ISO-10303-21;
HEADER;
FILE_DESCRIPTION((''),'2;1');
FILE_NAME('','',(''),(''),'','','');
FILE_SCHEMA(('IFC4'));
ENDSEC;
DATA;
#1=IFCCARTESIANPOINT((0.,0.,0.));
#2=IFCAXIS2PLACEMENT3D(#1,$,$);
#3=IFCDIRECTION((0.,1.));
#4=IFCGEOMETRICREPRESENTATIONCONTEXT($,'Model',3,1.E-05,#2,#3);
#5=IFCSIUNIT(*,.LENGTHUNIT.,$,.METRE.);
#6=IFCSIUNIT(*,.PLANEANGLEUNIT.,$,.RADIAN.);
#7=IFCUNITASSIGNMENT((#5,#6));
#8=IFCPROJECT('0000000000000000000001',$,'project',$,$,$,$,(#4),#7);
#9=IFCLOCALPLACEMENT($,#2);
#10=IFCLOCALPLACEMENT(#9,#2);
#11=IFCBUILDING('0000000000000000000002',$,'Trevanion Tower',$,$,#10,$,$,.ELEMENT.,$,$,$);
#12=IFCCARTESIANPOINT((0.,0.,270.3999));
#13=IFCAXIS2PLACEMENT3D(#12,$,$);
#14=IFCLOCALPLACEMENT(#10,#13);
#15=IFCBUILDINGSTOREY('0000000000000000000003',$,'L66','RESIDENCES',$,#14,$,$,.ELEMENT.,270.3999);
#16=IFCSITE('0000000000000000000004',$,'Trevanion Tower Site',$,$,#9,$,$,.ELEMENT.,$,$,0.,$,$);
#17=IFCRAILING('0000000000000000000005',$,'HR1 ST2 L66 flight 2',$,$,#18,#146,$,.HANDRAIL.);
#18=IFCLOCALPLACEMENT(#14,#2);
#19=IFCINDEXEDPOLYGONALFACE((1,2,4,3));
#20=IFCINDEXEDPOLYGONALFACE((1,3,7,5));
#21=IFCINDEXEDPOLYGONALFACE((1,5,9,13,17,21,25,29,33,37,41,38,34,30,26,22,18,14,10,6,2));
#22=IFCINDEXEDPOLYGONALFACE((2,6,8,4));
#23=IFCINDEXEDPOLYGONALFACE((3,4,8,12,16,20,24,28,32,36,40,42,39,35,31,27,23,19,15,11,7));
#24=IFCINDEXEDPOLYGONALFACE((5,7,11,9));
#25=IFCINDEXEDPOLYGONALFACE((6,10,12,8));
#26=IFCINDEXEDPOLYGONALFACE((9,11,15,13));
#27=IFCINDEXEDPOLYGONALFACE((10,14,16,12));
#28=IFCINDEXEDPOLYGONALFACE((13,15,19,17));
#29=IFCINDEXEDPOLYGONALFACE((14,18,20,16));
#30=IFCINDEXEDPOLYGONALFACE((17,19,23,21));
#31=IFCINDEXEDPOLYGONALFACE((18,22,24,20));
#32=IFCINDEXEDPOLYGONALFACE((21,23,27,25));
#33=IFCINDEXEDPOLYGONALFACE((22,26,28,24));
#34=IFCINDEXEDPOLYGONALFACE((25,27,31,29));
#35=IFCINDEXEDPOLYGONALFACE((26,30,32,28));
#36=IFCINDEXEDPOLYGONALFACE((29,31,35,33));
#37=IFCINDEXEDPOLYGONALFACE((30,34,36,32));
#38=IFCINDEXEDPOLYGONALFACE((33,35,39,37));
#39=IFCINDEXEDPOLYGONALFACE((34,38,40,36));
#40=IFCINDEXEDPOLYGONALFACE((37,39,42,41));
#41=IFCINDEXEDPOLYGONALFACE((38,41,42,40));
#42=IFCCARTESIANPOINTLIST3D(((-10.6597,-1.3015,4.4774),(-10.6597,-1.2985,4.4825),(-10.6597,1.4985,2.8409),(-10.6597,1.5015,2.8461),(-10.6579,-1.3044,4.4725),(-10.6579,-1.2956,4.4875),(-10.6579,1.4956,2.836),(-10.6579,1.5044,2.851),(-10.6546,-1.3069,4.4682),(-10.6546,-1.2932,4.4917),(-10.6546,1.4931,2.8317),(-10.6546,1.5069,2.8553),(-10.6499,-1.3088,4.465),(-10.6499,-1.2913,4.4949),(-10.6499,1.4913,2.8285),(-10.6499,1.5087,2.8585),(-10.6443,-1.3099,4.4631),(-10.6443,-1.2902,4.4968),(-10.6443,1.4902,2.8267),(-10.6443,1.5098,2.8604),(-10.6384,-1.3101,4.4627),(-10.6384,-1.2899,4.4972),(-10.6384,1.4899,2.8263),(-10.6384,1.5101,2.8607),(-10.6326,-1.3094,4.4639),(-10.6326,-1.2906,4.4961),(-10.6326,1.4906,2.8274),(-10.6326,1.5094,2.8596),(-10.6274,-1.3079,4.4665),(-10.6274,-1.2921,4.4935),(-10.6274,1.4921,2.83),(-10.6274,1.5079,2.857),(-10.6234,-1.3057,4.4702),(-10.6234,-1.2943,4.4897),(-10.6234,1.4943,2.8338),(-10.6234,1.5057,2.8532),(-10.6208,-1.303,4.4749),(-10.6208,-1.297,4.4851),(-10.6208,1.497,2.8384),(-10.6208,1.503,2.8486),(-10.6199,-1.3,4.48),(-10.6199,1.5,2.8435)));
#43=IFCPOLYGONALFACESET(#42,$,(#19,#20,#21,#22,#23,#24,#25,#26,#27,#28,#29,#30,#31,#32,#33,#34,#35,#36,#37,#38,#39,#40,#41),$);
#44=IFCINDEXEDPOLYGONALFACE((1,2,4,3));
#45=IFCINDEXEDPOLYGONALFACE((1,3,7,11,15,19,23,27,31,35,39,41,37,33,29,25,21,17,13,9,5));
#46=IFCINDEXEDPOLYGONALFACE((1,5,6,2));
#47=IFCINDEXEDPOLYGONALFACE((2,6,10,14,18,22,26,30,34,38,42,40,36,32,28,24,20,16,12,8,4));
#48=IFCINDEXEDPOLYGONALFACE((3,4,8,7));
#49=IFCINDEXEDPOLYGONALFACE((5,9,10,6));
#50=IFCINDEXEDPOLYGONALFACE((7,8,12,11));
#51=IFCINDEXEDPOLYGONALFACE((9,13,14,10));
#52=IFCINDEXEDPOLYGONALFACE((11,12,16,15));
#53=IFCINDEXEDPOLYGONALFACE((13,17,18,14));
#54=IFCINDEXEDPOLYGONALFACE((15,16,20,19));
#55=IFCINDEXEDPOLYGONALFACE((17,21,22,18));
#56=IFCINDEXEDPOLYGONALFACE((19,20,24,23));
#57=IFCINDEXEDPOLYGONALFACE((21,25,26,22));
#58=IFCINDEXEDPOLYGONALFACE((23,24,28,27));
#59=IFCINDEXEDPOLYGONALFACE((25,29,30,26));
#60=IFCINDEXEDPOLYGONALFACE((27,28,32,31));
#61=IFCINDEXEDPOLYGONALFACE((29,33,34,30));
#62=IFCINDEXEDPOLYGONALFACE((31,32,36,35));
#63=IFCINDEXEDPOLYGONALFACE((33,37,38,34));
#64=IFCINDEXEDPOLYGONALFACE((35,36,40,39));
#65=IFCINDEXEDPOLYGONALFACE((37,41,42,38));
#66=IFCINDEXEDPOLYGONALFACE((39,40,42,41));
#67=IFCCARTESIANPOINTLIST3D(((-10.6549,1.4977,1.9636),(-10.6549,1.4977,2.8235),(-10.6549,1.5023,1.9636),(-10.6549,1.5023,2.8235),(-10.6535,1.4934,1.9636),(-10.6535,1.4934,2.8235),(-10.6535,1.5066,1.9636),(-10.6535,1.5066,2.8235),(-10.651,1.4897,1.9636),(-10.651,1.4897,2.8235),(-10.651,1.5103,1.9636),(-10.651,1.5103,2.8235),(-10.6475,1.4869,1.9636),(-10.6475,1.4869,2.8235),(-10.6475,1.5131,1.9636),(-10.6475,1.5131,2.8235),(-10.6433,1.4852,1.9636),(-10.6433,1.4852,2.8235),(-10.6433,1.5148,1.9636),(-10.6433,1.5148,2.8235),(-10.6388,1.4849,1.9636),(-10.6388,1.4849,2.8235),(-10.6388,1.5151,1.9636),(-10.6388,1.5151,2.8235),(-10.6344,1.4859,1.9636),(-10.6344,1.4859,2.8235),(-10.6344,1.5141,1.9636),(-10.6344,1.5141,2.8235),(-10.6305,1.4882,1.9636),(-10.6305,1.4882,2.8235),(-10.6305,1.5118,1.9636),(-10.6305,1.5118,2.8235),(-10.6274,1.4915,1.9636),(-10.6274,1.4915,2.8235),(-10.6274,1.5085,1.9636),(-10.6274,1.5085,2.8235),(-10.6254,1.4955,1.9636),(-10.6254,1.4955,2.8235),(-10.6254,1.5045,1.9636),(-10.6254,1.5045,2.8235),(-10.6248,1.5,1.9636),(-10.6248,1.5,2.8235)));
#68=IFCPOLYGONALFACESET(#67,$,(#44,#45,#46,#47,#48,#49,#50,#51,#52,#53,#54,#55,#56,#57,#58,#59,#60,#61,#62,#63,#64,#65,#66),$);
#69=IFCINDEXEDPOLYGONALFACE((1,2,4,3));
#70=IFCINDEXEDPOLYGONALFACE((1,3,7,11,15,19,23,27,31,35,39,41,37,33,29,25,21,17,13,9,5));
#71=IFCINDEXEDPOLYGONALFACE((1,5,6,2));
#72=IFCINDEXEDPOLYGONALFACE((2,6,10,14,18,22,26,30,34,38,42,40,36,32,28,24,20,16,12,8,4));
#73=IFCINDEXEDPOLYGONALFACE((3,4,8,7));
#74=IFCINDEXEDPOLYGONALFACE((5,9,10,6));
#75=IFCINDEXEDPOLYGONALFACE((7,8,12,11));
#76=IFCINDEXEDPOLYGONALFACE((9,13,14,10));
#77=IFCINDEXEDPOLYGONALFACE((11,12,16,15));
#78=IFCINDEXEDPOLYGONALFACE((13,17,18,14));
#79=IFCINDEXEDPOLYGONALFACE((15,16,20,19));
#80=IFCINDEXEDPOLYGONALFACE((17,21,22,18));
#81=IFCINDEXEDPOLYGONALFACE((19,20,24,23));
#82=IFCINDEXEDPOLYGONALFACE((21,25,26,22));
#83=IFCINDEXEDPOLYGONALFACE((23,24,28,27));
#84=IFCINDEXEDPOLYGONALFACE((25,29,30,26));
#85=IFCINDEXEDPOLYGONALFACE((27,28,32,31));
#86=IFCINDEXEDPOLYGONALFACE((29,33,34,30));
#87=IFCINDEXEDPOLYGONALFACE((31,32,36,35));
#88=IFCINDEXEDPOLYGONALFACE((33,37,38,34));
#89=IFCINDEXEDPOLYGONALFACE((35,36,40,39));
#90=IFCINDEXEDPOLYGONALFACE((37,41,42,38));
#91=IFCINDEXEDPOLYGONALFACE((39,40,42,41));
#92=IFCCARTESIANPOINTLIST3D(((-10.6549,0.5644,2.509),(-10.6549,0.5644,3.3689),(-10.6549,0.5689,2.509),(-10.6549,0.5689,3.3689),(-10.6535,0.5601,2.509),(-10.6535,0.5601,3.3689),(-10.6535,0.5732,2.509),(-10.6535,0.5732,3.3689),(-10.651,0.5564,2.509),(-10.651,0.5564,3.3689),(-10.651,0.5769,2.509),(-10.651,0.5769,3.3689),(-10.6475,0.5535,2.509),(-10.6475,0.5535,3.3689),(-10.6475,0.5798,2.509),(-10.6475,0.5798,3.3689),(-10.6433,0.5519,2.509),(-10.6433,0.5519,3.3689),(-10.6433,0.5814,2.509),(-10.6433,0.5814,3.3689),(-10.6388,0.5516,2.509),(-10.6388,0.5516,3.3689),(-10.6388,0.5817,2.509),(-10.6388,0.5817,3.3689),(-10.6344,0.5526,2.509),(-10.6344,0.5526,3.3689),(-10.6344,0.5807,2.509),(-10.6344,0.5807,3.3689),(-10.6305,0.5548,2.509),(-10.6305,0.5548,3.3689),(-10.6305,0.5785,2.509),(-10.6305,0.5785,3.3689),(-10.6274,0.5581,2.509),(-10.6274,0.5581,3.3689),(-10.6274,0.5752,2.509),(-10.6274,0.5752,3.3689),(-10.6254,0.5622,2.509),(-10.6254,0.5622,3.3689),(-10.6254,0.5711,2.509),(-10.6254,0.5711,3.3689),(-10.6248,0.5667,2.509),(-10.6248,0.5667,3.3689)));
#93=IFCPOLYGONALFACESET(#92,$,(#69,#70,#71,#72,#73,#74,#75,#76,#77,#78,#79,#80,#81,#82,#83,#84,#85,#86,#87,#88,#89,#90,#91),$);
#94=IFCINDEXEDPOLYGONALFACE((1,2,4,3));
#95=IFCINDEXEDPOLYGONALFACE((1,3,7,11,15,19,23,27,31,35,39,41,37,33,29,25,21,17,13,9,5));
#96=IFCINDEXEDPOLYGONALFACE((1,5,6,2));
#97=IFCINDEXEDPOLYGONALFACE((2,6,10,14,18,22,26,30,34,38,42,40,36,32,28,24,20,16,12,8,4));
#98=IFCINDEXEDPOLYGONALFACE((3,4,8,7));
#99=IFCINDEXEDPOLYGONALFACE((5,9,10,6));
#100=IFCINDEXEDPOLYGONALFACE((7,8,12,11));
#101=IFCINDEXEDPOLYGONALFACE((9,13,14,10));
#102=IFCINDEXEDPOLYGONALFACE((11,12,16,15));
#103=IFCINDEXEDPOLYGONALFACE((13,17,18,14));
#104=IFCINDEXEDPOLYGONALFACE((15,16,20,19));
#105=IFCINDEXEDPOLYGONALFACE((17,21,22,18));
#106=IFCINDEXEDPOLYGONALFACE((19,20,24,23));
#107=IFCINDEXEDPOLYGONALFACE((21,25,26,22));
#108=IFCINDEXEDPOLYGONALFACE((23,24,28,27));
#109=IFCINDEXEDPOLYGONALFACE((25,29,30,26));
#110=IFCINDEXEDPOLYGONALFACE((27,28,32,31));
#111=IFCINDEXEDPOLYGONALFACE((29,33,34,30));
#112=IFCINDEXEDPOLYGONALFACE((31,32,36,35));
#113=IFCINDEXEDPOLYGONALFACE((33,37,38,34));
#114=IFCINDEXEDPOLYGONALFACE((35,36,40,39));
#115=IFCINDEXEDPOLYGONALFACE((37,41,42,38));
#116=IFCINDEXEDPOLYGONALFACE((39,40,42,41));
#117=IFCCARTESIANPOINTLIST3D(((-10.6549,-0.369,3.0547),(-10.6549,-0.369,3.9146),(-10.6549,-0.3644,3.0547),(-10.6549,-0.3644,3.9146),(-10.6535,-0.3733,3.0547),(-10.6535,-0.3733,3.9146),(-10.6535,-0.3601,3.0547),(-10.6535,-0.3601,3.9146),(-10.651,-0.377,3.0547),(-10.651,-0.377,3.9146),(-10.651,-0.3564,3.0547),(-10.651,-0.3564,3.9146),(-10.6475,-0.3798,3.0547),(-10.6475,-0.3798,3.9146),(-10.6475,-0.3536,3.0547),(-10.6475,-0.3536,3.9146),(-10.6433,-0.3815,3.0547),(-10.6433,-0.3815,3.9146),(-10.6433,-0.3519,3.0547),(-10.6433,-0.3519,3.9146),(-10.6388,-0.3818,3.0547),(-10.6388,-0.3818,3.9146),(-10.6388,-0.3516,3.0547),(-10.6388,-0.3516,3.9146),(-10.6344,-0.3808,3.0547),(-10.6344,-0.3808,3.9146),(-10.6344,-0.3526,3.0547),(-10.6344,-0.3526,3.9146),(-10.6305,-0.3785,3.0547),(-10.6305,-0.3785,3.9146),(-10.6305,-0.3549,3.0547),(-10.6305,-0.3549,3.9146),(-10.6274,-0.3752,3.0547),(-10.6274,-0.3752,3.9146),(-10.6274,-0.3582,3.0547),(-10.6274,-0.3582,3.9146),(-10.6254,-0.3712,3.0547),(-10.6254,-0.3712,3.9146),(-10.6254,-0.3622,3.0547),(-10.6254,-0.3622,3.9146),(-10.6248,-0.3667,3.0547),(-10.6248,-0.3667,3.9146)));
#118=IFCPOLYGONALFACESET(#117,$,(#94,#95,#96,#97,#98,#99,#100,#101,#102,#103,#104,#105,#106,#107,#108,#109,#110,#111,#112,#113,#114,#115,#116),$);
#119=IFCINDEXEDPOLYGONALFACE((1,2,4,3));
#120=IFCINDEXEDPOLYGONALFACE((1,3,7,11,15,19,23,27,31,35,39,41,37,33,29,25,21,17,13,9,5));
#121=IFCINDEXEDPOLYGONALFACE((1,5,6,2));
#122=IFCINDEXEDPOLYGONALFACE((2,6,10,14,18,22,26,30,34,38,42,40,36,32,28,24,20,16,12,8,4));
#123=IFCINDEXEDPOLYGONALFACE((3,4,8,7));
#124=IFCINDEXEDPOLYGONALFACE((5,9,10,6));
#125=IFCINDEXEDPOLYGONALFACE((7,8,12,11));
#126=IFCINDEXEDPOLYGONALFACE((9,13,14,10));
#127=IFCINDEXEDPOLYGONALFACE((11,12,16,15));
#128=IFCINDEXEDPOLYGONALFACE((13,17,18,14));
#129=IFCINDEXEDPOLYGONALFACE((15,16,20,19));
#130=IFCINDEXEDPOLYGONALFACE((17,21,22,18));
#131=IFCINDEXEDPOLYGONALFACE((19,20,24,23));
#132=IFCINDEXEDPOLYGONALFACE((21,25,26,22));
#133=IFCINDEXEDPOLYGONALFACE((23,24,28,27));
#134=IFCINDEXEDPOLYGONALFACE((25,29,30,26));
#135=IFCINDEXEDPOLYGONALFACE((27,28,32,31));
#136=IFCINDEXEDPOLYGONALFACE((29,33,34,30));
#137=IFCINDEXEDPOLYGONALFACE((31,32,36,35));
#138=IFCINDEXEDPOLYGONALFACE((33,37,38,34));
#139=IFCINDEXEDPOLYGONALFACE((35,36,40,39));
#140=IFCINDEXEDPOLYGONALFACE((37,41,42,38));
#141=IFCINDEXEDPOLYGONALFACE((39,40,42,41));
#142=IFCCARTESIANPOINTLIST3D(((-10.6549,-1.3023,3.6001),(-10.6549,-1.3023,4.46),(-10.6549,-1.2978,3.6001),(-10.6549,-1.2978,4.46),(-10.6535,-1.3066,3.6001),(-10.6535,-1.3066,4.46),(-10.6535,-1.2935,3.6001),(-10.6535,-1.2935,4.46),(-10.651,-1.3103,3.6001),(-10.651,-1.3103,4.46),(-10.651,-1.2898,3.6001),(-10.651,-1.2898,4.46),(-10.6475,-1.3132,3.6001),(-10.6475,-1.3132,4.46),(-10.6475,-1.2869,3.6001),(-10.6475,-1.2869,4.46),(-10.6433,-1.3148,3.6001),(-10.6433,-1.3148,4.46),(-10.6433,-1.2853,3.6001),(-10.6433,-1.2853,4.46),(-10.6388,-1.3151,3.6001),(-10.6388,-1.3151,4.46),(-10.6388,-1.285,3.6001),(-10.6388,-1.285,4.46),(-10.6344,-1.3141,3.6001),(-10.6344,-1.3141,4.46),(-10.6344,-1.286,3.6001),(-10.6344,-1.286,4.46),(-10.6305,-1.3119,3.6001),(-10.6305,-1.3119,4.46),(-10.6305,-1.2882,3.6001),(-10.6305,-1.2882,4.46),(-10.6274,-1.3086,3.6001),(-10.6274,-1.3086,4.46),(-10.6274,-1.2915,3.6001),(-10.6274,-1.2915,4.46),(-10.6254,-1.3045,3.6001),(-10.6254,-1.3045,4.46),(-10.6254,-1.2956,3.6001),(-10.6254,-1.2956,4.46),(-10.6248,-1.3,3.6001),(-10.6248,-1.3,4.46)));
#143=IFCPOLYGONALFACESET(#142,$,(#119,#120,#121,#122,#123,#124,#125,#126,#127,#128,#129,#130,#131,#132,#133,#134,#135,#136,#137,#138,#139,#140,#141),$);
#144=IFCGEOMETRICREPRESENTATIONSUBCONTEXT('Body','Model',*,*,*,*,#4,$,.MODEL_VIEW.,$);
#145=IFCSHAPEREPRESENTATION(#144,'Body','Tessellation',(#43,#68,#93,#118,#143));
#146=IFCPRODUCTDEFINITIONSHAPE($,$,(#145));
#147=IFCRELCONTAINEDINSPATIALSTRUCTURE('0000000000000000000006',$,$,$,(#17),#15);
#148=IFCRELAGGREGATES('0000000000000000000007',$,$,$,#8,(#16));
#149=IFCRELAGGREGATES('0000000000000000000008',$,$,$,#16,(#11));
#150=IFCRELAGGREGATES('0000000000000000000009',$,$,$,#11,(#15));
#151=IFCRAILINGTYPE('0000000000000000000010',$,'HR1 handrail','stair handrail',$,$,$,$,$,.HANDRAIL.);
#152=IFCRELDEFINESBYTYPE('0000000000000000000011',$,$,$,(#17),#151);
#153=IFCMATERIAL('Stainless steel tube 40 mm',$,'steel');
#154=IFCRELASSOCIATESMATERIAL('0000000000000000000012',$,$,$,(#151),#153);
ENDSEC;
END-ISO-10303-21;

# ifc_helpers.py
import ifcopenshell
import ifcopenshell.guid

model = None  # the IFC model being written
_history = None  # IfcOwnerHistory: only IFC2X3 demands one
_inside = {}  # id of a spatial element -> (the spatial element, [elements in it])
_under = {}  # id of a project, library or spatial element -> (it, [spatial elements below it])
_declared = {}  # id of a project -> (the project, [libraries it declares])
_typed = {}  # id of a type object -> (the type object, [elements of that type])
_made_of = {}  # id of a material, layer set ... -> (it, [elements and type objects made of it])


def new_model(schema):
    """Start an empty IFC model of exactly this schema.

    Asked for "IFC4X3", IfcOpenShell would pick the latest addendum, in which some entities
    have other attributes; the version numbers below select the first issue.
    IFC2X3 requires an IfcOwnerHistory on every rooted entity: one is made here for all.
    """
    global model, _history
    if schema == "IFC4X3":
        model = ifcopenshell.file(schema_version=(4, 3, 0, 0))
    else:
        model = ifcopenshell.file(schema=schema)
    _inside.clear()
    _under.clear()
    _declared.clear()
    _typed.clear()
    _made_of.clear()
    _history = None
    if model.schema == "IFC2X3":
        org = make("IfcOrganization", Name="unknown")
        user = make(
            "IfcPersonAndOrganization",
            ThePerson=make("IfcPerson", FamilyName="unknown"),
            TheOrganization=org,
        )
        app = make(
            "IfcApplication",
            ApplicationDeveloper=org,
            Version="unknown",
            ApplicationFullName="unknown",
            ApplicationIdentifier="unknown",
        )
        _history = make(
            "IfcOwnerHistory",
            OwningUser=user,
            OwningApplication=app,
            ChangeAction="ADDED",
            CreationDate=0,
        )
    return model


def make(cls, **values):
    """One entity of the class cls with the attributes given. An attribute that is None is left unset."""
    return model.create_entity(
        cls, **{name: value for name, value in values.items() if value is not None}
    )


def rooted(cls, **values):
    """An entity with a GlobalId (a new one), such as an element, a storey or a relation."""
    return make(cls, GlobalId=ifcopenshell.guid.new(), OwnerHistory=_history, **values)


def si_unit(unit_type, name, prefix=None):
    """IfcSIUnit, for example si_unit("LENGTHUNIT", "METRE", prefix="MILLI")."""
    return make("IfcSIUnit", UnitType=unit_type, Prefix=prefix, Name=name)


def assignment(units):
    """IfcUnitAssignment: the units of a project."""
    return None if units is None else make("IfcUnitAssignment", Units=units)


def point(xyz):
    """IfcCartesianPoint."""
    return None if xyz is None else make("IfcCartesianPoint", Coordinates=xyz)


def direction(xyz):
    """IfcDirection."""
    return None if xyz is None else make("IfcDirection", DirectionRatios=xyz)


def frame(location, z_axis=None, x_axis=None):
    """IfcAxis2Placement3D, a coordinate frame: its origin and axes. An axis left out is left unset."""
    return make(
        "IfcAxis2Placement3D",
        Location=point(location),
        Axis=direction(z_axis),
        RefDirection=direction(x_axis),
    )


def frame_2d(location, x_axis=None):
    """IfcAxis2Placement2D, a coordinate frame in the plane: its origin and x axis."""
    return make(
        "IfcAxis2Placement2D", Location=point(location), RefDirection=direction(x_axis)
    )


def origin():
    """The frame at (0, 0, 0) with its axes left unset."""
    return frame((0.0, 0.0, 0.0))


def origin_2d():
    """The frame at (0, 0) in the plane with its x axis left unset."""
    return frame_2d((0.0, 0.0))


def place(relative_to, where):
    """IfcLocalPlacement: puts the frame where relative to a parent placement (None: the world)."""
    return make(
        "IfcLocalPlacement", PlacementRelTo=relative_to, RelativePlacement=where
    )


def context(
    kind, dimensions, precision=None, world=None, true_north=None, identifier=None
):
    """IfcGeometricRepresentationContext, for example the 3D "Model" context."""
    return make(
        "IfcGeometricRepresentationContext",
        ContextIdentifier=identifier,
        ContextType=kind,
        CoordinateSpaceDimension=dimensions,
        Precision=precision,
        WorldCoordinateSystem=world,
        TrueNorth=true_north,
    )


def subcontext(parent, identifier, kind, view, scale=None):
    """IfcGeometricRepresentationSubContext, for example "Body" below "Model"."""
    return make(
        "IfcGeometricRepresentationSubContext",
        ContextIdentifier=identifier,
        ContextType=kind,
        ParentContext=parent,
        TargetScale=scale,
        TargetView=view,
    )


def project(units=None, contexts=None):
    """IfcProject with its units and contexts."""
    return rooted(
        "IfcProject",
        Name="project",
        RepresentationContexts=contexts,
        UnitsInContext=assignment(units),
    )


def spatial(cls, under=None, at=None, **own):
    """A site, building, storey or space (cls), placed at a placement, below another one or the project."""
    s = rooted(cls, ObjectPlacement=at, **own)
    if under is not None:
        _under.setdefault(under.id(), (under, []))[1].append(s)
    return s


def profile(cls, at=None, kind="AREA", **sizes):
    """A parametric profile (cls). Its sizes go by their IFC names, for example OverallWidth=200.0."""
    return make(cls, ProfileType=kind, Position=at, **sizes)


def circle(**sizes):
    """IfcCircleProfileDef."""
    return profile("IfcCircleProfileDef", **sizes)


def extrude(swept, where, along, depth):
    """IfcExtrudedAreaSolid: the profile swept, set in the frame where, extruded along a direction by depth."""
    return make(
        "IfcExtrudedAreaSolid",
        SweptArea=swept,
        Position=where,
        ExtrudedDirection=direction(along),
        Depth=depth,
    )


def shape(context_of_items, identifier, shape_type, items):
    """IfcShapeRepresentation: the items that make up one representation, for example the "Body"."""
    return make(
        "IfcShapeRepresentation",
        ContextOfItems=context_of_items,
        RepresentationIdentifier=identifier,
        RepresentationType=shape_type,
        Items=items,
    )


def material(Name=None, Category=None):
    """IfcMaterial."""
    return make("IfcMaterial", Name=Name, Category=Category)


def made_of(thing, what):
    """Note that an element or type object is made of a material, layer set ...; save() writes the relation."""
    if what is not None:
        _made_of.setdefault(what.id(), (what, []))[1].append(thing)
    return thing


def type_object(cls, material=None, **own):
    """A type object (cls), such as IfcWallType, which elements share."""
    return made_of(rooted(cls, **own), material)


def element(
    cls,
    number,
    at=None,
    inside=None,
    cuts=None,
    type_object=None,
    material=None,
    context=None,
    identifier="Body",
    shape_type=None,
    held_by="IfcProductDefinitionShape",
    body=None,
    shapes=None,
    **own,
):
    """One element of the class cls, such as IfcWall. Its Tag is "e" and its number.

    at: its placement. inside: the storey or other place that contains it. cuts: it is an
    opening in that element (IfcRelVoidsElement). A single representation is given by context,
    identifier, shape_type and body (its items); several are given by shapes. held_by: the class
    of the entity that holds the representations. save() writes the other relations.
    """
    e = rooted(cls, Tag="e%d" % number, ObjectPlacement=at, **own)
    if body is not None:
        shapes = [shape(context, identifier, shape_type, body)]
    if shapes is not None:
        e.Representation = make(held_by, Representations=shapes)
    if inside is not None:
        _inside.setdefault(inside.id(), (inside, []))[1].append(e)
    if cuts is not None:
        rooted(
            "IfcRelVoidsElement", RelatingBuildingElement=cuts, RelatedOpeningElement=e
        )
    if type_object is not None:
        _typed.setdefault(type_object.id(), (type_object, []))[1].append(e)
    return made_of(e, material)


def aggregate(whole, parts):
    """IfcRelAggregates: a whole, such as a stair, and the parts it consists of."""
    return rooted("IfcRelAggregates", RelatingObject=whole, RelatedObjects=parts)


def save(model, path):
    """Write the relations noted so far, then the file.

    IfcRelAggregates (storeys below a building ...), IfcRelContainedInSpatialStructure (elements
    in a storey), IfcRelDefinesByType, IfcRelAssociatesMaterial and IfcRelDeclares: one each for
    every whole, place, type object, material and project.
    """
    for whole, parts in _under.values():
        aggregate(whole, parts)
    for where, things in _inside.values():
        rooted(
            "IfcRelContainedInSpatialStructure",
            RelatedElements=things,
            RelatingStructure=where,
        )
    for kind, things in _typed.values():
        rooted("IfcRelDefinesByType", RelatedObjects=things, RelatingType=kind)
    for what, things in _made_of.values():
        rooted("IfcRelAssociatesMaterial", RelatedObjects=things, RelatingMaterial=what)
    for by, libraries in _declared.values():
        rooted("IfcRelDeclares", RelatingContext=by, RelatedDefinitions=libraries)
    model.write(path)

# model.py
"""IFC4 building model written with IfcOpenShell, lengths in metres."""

from ifc_helpers import new_model, si_unit, direction, frame, origin, origin_2d, place, context, subcontext, project, spatial, circle, extrude, material, type_object, element, save


model = new_model("IFC4")

# Units and contexts
model_context = context("Model", 3, precision=1e-05, world=origin(), true_north=direction((0.0, 1.0)))
body_context = subcontext(model_context, "Body", "Model", "MODEL_VIEW")
ifc_project = project(units=[si_unit("LENGTHUNIT", "METRE"), si_unit("PLANEANGLEUNIT", "RADIAN")], contexts=[model_context])

# Site, building, storey
site_placement = place(None, origin())
site = spatial("IfcSite", under=ifc_project, at=site_placement, Name="Trevanion Tower Site", CompositionType="ELEMENT", RefElevation=0.0)
building_placement = place(site_placement, origin())
building = spatial("IfcBuilding", under=site, at=building_placement, Name="Trevanion Tower", CompositionType="ELEMENT")
storey_placement = place(building_placement, frame((0.0, 0.0, 270.3999)))
storey = spatial("IfcBuildingStorey", under=building, at=storey_placement, Name="L66", Description="RESIDENCES", CompositionType="ELEMENT", Elevation=270.3999)

# Railing
ifc_material_1 = material(Name="Stainless steel tube 40 mm", Category="steel")
railing_type = type_object("IfcRailingType", Name="HR1 handrail", Description="stair handrail", PredefinedType="HANDRAIL", material=ifc_material_1)
for number, where, name in (
    (1, (-10.6399, 1.5, 1.9636), "HR1 ST2 L66 flight 2"),
):
    element("IfcRailing", number, at=place(storey_placement, frame(where)), inside=storey, type_object=railing_type, Name=name, PredefinedType="HANDRAIL", context=body_context, shape_type="SweptSolid", body=[
        extrude(circle(Radius=0.02, at=origin_2d()), frame((0.0, 0.0, 0.8799), z_axis=(0.0, -0.863361, 0.504587), x_axis=(1.0, 0.0, 0.0)), (0.0, 0.0, 1.0), 3.2432),
        extrude(circle(Radius=0.0151, at=origin_2d()), origin(), (0.0, 0.0, 1.0), 0.8599),
        extrude(circle(Radius=0.0151, at=origin_2d()), frame((0.0, -0.9333, 0.5454)), (0.0, 0.0, 1.0), 0.8599),
        extrude(circle(Radius=0.0151, at=origin_2d()), frame((0.0, -1.8667, 1.0911)), (0.0, 0.0, 1.0), 0.8599),
        extrude(circle(Radius=0.0151, at=origin_2d()), frame((0.0, -2.8, 1.6365)), (0.0, 0.0, 1.0), 0.8599),
    ])

save(model, "model.ifc")
